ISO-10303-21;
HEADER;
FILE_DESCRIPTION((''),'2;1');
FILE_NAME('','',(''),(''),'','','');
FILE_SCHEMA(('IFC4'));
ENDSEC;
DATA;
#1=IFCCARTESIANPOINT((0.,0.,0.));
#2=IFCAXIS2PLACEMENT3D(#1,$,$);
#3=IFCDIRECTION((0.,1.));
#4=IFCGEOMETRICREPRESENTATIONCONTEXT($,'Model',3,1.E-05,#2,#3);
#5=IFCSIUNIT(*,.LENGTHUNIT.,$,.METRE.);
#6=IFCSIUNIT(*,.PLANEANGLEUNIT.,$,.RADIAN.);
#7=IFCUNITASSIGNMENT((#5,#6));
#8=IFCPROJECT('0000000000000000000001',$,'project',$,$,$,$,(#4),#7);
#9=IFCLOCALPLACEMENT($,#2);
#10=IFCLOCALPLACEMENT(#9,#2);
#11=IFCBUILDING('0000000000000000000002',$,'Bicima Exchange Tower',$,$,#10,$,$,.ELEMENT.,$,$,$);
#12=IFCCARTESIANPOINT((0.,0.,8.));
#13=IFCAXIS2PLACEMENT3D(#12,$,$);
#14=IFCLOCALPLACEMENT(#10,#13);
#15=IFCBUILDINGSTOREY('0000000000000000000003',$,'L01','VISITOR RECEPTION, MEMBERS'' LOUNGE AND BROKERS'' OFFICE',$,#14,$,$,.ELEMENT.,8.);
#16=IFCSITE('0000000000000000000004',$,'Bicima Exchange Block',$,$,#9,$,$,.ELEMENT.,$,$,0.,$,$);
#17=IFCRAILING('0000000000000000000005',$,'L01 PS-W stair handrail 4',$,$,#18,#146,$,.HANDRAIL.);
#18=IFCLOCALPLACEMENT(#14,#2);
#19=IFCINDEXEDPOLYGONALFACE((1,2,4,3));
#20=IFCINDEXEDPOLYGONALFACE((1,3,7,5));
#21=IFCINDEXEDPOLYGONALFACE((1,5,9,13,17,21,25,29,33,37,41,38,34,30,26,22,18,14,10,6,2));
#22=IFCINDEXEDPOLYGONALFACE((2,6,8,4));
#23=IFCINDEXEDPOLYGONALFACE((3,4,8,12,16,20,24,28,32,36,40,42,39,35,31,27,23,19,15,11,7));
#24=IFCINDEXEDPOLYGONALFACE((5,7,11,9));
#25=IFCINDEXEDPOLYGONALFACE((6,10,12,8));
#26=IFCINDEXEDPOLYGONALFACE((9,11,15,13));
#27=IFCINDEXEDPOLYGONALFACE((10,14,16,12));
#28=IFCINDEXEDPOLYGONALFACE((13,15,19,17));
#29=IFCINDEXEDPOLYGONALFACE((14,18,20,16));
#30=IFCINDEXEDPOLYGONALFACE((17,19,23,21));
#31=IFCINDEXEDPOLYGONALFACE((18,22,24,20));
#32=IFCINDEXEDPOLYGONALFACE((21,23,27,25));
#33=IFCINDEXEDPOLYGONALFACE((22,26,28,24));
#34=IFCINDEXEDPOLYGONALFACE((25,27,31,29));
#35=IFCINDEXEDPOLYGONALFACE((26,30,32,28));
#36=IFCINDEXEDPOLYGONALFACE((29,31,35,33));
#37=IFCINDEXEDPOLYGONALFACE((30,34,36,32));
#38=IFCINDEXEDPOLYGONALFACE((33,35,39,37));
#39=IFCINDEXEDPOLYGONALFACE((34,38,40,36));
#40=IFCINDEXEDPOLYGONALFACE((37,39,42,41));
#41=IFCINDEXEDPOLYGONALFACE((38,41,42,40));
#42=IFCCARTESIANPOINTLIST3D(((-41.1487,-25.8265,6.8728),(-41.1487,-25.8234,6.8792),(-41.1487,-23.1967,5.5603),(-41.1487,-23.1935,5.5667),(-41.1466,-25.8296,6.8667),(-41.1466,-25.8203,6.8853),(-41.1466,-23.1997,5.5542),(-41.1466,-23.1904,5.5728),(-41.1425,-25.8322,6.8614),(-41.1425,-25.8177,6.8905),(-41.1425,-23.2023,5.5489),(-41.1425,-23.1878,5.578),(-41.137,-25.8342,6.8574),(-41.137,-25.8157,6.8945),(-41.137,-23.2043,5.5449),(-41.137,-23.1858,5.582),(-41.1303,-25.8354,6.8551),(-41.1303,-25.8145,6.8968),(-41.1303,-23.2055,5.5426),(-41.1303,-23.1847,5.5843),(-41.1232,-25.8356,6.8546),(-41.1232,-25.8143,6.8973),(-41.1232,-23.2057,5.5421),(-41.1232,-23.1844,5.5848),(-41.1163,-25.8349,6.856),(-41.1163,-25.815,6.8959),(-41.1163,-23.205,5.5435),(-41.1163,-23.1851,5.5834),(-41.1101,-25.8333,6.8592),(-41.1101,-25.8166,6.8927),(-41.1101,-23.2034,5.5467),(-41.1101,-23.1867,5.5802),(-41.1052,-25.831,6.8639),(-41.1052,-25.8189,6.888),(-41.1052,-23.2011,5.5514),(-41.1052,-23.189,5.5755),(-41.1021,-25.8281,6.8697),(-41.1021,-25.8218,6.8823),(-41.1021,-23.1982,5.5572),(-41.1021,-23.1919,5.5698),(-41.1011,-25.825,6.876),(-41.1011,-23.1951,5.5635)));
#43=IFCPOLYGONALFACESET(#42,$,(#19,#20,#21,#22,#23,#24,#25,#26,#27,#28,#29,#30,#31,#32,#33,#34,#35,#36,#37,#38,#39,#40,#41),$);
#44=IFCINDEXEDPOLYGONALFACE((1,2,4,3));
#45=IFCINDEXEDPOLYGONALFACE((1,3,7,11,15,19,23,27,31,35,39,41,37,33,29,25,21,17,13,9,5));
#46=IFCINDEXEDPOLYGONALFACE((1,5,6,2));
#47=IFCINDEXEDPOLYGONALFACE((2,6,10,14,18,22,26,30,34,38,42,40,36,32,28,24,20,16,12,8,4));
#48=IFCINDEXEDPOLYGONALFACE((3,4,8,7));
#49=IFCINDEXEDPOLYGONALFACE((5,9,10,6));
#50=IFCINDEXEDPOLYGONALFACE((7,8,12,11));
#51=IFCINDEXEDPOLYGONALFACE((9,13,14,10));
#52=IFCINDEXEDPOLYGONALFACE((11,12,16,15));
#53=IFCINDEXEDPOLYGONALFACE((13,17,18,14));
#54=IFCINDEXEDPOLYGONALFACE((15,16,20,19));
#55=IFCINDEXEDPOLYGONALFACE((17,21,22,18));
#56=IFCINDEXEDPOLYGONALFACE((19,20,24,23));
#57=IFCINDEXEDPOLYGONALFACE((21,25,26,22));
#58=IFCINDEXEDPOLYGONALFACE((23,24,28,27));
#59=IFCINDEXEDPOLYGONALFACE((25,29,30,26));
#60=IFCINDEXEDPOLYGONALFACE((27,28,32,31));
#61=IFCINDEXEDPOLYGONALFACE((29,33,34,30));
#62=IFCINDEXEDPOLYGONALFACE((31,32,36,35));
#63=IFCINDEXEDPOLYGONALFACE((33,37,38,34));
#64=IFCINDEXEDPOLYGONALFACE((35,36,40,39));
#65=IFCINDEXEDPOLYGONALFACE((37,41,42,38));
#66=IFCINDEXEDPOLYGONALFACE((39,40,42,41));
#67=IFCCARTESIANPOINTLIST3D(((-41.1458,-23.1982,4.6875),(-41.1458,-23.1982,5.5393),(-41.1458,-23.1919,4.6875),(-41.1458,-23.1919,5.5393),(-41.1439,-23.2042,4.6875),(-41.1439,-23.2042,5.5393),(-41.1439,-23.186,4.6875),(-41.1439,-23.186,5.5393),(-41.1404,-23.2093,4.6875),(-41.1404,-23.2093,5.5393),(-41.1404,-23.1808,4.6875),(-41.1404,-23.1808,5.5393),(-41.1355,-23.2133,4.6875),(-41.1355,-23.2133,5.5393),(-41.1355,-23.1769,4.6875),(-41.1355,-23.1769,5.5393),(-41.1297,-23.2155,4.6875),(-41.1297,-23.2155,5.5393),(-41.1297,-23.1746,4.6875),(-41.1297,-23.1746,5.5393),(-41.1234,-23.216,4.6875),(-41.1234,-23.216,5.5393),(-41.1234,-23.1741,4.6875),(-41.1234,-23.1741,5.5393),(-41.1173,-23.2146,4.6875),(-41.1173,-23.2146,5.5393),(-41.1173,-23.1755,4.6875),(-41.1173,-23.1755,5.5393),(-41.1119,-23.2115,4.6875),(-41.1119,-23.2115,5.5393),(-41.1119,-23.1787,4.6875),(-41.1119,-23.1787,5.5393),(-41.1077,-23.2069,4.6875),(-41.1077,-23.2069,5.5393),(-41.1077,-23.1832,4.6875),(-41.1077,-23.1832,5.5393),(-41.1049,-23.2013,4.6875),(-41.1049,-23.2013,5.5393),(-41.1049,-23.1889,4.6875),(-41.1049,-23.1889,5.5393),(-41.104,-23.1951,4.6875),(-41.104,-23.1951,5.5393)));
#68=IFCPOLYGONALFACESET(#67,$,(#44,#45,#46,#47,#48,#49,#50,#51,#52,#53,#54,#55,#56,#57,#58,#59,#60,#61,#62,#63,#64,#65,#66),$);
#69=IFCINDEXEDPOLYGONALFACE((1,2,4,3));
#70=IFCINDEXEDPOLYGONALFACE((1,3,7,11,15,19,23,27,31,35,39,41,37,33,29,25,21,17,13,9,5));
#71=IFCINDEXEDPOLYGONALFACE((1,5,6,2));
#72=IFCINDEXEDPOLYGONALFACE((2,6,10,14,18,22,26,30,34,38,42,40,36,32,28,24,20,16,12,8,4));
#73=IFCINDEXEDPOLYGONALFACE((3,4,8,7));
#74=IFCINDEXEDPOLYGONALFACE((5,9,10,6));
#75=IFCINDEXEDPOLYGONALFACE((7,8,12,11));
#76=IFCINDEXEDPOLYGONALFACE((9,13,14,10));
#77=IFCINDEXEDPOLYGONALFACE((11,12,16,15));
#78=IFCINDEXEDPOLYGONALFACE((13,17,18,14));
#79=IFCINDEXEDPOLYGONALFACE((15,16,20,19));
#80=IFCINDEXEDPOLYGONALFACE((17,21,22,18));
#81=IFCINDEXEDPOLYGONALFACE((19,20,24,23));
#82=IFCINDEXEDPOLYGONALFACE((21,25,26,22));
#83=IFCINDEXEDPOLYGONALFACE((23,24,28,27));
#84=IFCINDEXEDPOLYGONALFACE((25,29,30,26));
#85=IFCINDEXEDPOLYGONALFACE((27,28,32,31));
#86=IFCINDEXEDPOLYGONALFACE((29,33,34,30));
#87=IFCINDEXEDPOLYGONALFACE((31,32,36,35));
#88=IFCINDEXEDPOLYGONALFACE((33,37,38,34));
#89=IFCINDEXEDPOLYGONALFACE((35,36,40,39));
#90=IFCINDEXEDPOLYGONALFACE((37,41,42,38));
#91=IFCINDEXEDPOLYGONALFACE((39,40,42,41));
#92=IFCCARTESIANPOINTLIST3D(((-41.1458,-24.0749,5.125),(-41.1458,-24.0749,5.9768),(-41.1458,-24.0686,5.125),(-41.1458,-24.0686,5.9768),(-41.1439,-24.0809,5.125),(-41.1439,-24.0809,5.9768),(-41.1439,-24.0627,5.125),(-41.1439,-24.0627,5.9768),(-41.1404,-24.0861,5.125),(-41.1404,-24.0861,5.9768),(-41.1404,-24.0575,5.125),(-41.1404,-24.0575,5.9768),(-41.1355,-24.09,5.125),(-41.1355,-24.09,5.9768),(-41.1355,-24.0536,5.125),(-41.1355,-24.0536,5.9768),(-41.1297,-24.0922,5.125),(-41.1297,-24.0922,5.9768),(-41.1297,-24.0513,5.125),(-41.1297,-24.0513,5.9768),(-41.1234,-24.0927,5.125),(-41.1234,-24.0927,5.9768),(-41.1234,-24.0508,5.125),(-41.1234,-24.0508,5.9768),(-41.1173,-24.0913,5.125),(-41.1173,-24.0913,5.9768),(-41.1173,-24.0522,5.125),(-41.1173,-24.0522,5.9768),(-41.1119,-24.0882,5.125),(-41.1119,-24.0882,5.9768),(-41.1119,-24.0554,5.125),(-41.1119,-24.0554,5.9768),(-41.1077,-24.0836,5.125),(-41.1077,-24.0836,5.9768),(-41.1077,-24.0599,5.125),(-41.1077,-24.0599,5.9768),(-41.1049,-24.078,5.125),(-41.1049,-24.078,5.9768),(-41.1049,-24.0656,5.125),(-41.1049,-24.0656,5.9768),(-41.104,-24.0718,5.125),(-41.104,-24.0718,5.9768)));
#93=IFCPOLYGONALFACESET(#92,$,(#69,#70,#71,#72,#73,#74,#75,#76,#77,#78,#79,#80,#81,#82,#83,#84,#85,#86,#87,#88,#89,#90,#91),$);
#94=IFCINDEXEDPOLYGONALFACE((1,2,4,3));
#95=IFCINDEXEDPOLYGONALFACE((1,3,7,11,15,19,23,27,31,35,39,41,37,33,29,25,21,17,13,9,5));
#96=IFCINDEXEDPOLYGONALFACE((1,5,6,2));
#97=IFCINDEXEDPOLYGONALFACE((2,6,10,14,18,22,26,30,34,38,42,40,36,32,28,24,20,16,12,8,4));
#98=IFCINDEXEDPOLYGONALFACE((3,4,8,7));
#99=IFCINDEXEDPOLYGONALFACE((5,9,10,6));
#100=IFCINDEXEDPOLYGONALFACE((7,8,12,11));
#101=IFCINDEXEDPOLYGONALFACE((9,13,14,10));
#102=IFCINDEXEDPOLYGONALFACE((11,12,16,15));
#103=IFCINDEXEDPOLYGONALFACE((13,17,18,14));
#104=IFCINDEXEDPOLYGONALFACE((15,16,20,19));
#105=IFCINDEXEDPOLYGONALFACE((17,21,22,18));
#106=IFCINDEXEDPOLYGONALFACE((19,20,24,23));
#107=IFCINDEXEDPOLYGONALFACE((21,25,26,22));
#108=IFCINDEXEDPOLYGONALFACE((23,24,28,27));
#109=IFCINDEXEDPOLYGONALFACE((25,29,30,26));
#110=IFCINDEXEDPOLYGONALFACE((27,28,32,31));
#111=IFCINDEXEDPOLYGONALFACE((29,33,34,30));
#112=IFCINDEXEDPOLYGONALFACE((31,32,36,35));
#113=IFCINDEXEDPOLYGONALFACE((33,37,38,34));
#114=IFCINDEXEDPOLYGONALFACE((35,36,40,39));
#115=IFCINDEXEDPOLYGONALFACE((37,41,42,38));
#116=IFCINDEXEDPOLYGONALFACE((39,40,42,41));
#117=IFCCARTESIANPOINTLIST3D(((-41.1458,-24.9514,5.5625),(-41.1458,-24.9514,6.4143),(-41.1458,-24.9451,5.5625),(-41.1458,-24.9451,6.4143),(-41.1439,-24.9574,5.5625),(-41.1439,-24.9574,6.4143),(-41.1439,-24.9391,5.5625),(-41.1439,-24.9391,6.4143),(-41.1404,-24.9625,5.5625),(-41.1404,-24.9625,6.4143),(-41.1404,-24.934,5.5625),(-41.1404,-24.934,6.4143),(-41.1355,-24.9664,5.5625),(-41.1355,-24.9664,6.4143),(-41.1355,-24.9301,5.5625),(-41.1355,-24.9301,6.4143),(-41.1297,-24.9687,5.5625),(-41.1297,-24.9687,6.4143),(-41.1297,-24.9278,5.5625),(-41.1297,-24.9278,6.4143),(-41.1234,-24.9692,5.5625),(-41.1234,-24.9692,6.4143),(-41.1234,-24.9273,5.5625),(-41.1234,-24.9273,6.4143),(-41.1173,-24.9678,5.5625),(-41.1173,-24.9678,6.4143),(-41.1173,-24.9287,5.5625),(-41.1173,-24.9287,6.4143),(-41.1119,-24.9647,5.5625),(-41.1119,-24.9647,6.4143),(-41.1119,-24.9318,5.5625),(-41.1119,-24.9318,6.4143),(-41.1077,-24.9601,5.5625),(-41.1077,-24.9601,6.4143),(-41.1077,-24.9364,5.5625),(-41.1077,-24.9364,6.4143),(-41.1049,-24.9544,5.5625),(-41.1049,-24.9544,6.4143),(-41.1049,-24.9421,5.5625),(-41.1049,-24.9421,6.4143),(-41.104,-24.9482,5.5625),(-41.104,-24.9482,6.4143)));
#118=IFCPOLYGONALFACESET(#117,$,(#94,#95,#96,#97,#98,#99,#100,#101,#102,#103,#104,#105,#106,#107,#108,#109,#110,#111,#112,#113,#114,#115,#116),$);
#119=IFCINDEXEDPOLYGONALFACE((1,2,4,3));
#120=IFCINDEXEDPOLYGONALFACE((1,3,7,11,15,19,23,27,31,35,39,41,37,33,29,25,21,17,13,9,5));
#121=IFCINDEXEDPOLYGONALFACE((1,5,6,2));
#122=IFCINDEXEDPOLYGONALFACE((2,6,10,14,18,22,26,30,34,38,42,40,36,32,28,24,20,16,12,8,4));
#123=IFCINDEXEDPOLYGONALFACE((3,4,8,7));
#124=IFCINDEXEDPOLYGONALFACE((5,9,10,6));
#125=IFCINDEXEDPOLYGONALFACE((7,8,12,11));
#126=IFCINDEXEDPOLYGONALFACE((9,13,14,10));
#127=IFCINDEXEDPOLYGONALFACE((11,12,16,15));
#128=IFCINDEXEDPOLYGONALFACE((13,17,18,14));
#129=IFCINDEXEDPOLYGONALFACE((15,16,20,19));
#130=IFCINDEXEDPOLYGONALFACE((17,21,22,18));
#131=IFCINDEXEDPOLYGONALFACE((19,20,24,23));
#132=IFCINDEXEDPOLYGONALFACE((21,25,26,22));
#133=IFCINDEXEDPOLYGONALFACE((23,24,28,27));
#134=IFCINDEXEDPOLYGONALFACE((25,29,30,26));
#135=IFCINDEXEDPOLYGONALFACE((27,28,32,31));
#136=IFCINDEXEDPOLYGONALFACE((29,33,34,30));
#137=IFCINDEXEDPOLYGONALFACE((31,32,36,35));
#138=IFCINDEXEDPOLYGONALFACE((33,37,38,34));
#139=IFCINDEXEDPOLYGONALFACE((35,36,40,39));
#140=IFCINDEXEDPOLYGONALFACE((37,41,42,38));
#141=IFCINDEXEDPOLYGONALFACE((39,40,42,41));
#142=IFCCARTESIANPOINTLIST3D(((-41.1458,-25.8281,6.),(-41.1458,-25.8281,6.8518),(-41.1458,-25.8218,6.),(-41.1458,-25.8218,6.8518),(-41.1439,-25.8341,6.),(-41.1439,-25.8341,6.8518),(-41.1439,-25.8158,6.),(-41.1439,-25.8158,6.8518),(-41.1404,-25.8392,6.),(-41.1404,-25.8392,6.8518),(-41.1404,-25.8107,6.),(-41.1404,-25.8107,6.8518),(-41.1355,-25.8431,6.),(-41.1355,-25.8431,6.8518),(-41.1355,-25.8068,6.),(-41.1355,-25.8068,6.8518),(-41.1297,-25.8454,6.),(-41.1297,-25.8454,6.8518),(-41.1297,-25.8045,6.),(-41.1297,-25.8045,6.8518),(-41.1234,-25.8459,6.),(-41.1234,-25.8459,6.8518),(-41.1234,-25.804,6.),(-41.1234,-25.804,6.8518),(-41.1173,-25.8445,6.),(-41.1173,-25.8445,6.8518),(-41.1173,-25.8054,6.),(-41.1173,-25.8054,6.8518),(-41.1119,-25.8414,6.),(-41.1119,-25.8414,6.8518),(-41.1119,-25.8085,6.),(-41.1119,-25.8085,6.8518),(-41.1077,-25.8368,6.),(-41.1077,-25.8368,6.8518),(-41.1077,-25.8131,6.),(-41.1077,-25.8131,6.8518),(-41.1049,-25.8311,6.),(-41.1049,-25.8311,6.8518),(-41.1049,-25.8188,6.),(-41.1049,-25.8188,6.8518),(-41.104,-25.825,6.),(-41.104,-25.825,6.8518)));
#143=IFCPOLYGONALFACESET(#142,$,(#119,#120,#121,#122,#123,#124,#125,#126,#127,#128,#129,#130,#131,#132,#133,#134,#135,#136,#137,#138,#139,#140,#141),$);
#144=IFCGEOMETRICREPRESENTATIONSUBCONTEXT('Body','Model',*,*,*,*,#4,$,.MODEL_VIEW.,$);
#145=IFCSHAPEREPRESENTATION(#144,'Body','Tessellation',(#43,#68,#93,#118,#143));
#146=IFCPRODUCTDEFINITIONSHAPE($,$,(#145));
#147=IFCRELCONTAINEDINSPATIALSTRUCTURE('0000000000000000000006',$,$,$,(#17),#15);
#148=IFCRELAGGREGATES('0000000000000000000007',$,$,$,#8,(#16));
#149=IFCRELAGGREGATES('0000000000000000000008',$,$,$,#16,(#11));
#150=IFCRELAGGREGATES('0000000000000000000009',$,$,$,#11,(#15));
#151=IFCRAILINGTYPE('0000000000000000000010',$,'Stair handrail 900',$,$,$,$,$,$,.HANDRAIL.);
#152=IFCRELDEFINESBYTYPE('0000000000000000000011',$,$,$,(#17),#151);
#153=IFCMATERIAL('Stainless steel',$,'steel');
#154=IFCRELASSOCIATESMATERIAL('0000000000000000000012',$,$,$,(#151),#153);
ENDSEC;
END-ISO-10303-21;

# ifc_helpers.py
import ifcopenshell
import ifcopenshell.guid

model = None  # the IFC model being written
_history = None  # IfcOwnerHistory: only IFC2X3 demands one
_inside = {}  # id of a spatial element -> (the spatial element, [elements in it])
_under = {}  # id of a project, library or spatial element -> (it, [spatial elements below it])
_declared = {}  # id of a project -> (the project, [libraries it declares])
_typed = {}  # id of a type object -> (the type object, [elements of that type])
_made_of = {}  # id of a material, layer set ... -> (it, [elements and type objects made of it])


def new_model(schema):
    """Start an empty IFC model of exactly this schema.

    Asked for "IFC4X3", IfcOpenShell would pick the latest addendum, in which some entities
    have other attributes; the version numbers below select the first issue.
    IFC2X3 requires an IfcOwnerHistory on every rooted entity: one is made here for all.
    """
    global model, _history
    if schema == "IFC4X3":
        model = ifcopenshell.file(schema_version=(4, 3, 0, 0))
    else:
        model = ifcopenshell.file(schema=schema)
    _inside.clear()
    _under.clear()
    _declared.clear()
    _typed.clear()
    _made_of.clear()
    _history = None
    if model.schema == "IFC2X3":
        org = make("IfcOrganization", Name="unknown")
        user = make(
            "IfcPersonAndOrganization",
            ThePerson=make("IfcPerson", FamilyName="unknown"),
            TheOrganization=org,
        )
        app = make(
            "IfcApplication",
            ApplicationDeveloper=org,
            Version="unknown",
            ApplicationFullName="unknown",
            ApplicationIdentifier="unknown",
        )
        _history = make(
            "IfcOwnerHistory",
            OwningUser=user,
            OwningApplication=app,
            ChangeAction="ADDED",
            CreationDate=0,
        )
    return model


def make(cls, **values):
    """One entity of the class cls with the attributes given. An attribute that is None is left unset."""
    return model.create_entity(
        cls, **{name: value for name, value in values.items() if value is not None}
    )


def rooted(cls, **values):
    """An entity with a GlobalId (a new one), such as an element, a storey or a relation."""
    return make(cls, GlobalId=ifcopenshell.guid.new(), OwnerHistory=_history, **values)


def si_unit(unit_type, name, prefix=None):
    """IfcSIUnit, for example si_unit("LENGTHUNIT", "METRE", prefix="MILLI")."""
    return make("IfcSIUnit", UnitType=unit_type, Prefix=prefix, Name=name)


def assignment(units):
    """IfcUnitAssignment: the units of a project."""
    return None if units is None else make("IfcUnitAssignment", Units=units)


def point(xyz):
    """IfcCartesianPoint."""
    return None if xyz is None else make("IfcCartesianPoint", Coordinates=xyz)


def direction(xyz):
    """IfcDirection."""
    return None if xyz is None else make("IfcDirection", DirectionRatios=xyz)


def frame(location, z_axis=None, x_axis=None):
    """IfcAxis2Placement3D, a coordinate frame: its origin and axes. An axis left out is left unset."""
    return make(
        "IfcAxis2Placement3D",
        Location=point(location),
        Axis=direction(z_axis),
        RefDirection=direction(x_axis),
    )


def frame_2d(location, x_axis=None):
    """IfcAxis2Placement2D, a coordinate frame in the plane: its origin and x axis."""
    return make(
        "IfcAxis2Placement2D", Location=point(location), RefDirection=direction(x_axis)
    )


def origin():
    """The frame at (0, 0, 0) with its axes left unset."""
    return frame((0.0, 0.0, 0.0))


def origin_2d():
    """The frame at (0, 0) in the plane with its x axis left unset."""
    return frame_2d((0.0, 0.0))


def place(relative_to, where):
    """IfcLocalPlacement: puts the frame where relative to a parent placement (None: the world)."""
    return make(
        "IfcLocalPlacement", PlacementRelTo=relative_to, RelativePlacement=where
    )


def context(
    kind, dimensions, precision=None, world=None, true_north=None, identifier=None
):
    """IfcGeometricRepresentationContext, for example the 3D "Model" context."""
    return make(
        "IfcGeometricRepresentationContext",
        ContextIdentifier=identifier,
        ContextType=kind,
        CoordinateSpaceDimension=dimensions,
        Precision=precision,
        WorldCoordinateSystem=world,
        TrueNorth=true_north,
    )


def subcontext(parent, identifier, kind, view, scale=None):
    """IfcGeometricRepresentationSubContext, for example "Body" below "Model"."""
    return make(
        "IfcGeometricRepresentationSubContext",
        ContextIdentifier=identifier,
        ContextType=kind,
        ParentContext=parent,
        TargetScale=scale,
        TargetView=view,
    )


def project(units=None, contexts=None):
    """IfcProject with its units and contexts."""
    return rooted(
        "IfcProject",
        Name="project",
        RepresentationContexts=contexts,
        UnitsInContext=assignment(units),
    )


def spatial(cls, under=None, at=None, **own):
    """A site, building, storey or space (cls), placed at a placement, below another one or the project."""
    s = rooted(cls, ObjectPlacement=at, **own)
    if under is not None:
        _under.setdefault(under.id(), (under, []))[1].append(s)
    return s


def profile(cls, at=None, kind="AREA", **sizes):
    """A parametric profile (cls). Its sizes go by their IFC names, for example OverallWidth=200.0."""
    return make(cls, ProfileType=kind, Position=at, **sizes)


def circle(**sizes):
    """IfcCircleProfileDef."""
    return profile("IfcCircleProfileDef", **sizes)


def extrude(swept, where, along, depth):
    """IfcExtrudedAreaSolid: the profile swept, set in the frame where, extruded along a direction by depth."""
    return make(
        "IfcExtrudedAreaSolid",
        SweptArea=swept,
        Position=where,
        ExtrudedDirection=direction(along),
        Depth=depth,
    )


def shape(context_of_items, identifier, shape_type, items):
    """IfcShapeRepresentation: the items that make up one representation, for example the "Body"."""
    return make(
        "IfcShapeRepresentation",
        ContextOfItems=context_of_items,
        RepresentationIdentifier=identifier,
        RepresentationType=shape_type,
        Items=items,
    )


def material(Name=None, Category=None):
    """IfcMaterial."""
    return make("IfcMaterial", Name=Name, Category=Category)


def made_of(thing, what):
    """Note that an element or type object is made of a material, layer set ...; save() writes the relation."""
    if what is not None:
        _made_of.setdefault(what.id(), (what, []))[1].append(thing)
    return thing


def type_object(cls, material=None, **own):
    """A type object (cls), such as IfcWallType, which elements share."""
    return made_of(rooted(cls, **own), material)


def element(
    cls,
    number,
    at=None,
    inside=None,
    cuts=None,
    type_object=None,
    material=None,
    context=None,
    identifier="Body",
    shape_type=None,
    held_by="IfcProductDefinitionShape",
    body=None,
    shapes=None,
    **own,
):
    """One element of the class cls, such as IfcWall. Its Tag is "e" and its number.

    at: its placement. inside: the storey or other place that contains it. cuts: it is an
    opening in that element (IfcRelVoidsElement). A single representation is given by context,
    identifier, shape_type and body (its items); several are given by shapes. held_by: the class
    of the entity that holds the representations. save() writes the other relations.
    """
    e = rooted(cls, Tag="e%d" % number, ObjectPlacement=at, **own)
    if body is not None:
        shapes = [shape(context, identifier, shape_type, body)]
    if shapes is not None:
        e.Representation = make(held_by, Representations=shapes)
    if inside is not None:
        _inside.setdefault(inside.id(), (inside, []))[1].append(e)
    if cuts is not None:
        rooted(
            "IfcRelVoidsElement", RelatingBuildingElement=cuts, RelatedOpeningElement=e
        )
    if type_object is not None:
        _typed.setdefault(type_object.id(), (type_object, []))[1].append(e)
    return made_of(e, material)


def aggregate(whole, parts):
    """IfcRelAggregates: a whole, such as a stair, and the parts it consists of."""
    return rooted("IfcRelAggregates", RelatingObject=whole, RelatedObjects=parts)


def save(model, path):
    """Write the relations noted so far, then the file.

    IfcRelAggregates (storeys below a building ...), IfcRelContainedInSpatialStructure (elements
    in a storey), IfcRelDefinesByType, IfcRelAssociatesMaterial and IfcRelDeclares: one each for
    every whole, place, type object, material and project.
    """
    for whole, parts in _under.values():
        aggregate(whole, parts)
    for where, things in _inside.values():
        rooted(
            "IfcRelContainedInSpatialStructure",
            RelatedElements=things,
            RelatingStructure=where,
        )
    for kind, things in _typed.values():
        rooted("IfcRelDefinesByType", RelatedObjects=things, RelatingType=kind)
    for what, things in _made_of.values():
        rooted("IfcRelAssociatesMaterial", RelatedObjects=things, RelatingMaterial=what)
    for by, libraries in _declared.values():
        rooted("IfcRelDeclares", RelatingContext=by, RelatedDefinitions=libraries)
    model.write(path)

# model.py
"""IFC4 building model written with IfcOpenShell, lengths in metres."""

from ifc_helpers import new_model, si_unit, direction, frame, origin, origin_2d, place, context, subcontext, project, spatial, circle, extrude, material, type_object, element, save


model = new_model("IFC4")

# Units and contexts
model_context = context("Model", 3, precision=1e-05, world=origin(), true_north=direction((0.0, 1.0)))
body_context = subcontext(model_context, "Body", "Model", "MODEL_VIEW")
ifc_project = project(units=[si_unit("LENGTHUNIT", "METRE"), si_unit("PLANEANGLEUNIT", "RADIAN")], contexts=[model_context])

# Site, building, storey
site_placement = place(None, origin())
site = spatial("IfcSite", under=ifc_project, at=site_placement, Name="Bicima Exchange Block", CompositionType="ELEMENT", RefElevation=0.0)
building_placement = place(site_placement, origin())
building = spatial("IfcBuilding", under=site, at=building_placement, Name="Bicima Exchange Tower", CompositionType="ELEMENT")
storey_placement = place(building_placement, frame((0.0, 0.0, 8.0)))
storey = spatial("IfcBuildingStorey", under=building, at=storey_placement, Name="L01", Description="VISITOR RECEPTION, MEMBERS' LOUNGE AND BROKERS' OFFICE", CompositionType="ELEMENT", Elevation=8.0)

# Railing
ifc_material_1 = material(Name="Stainless steel", Category="steel")
railing_type_1 = type_object("IfcRailingType", Name="Stair handrail 900", PredefinedType="HANDRAIL", material=ifc_material_1)
railing_1_placement = place(storey_placement, frame((-41.125, -23.1951, 4.6875)))
element("IfcRailing", 1, at=railing_1_placement, inside=storey, type_object=railing_type_1, Name="L01 PS-W stair handrail 4", PredefinedType="HANDRAIL", context=body_context, shape_type="SweptSolid", body=[
    extrude(circle(Radius=0.0239, at=origin_2d()), frame((0.0, 0.0, 0.876), z_axis=(0.0, -0.894759, 0.446549), x_axis=(1.0, 0.0, 0.0)), (0.0, 0.0, 1.0), 2.9392),
    extrude(circle(Radius=0.021, at=origin_2d()), origin(), (0.0, 0.0, 1.0), 0.8518),
    extrude(circle(Radius=0.021, at=origin_2d()), frame((0.0, -0.8767, 0.4375)), (0.0, 0.0, 1.0), 0.8518),
    extrude(circle(Radius=0.021, at=origin_2d()), frame((0.0, -1.7532, 0.875)), (0.0, 0.0, 1.0), 0.8518),
    extrude(circle(Radius=0.021, at=origin_2d()), frame((0.0, -2.6299, 1.3125)), (0.0, 0.0, 1.0), 0.8518),
])

save(model, "model.ifc")
